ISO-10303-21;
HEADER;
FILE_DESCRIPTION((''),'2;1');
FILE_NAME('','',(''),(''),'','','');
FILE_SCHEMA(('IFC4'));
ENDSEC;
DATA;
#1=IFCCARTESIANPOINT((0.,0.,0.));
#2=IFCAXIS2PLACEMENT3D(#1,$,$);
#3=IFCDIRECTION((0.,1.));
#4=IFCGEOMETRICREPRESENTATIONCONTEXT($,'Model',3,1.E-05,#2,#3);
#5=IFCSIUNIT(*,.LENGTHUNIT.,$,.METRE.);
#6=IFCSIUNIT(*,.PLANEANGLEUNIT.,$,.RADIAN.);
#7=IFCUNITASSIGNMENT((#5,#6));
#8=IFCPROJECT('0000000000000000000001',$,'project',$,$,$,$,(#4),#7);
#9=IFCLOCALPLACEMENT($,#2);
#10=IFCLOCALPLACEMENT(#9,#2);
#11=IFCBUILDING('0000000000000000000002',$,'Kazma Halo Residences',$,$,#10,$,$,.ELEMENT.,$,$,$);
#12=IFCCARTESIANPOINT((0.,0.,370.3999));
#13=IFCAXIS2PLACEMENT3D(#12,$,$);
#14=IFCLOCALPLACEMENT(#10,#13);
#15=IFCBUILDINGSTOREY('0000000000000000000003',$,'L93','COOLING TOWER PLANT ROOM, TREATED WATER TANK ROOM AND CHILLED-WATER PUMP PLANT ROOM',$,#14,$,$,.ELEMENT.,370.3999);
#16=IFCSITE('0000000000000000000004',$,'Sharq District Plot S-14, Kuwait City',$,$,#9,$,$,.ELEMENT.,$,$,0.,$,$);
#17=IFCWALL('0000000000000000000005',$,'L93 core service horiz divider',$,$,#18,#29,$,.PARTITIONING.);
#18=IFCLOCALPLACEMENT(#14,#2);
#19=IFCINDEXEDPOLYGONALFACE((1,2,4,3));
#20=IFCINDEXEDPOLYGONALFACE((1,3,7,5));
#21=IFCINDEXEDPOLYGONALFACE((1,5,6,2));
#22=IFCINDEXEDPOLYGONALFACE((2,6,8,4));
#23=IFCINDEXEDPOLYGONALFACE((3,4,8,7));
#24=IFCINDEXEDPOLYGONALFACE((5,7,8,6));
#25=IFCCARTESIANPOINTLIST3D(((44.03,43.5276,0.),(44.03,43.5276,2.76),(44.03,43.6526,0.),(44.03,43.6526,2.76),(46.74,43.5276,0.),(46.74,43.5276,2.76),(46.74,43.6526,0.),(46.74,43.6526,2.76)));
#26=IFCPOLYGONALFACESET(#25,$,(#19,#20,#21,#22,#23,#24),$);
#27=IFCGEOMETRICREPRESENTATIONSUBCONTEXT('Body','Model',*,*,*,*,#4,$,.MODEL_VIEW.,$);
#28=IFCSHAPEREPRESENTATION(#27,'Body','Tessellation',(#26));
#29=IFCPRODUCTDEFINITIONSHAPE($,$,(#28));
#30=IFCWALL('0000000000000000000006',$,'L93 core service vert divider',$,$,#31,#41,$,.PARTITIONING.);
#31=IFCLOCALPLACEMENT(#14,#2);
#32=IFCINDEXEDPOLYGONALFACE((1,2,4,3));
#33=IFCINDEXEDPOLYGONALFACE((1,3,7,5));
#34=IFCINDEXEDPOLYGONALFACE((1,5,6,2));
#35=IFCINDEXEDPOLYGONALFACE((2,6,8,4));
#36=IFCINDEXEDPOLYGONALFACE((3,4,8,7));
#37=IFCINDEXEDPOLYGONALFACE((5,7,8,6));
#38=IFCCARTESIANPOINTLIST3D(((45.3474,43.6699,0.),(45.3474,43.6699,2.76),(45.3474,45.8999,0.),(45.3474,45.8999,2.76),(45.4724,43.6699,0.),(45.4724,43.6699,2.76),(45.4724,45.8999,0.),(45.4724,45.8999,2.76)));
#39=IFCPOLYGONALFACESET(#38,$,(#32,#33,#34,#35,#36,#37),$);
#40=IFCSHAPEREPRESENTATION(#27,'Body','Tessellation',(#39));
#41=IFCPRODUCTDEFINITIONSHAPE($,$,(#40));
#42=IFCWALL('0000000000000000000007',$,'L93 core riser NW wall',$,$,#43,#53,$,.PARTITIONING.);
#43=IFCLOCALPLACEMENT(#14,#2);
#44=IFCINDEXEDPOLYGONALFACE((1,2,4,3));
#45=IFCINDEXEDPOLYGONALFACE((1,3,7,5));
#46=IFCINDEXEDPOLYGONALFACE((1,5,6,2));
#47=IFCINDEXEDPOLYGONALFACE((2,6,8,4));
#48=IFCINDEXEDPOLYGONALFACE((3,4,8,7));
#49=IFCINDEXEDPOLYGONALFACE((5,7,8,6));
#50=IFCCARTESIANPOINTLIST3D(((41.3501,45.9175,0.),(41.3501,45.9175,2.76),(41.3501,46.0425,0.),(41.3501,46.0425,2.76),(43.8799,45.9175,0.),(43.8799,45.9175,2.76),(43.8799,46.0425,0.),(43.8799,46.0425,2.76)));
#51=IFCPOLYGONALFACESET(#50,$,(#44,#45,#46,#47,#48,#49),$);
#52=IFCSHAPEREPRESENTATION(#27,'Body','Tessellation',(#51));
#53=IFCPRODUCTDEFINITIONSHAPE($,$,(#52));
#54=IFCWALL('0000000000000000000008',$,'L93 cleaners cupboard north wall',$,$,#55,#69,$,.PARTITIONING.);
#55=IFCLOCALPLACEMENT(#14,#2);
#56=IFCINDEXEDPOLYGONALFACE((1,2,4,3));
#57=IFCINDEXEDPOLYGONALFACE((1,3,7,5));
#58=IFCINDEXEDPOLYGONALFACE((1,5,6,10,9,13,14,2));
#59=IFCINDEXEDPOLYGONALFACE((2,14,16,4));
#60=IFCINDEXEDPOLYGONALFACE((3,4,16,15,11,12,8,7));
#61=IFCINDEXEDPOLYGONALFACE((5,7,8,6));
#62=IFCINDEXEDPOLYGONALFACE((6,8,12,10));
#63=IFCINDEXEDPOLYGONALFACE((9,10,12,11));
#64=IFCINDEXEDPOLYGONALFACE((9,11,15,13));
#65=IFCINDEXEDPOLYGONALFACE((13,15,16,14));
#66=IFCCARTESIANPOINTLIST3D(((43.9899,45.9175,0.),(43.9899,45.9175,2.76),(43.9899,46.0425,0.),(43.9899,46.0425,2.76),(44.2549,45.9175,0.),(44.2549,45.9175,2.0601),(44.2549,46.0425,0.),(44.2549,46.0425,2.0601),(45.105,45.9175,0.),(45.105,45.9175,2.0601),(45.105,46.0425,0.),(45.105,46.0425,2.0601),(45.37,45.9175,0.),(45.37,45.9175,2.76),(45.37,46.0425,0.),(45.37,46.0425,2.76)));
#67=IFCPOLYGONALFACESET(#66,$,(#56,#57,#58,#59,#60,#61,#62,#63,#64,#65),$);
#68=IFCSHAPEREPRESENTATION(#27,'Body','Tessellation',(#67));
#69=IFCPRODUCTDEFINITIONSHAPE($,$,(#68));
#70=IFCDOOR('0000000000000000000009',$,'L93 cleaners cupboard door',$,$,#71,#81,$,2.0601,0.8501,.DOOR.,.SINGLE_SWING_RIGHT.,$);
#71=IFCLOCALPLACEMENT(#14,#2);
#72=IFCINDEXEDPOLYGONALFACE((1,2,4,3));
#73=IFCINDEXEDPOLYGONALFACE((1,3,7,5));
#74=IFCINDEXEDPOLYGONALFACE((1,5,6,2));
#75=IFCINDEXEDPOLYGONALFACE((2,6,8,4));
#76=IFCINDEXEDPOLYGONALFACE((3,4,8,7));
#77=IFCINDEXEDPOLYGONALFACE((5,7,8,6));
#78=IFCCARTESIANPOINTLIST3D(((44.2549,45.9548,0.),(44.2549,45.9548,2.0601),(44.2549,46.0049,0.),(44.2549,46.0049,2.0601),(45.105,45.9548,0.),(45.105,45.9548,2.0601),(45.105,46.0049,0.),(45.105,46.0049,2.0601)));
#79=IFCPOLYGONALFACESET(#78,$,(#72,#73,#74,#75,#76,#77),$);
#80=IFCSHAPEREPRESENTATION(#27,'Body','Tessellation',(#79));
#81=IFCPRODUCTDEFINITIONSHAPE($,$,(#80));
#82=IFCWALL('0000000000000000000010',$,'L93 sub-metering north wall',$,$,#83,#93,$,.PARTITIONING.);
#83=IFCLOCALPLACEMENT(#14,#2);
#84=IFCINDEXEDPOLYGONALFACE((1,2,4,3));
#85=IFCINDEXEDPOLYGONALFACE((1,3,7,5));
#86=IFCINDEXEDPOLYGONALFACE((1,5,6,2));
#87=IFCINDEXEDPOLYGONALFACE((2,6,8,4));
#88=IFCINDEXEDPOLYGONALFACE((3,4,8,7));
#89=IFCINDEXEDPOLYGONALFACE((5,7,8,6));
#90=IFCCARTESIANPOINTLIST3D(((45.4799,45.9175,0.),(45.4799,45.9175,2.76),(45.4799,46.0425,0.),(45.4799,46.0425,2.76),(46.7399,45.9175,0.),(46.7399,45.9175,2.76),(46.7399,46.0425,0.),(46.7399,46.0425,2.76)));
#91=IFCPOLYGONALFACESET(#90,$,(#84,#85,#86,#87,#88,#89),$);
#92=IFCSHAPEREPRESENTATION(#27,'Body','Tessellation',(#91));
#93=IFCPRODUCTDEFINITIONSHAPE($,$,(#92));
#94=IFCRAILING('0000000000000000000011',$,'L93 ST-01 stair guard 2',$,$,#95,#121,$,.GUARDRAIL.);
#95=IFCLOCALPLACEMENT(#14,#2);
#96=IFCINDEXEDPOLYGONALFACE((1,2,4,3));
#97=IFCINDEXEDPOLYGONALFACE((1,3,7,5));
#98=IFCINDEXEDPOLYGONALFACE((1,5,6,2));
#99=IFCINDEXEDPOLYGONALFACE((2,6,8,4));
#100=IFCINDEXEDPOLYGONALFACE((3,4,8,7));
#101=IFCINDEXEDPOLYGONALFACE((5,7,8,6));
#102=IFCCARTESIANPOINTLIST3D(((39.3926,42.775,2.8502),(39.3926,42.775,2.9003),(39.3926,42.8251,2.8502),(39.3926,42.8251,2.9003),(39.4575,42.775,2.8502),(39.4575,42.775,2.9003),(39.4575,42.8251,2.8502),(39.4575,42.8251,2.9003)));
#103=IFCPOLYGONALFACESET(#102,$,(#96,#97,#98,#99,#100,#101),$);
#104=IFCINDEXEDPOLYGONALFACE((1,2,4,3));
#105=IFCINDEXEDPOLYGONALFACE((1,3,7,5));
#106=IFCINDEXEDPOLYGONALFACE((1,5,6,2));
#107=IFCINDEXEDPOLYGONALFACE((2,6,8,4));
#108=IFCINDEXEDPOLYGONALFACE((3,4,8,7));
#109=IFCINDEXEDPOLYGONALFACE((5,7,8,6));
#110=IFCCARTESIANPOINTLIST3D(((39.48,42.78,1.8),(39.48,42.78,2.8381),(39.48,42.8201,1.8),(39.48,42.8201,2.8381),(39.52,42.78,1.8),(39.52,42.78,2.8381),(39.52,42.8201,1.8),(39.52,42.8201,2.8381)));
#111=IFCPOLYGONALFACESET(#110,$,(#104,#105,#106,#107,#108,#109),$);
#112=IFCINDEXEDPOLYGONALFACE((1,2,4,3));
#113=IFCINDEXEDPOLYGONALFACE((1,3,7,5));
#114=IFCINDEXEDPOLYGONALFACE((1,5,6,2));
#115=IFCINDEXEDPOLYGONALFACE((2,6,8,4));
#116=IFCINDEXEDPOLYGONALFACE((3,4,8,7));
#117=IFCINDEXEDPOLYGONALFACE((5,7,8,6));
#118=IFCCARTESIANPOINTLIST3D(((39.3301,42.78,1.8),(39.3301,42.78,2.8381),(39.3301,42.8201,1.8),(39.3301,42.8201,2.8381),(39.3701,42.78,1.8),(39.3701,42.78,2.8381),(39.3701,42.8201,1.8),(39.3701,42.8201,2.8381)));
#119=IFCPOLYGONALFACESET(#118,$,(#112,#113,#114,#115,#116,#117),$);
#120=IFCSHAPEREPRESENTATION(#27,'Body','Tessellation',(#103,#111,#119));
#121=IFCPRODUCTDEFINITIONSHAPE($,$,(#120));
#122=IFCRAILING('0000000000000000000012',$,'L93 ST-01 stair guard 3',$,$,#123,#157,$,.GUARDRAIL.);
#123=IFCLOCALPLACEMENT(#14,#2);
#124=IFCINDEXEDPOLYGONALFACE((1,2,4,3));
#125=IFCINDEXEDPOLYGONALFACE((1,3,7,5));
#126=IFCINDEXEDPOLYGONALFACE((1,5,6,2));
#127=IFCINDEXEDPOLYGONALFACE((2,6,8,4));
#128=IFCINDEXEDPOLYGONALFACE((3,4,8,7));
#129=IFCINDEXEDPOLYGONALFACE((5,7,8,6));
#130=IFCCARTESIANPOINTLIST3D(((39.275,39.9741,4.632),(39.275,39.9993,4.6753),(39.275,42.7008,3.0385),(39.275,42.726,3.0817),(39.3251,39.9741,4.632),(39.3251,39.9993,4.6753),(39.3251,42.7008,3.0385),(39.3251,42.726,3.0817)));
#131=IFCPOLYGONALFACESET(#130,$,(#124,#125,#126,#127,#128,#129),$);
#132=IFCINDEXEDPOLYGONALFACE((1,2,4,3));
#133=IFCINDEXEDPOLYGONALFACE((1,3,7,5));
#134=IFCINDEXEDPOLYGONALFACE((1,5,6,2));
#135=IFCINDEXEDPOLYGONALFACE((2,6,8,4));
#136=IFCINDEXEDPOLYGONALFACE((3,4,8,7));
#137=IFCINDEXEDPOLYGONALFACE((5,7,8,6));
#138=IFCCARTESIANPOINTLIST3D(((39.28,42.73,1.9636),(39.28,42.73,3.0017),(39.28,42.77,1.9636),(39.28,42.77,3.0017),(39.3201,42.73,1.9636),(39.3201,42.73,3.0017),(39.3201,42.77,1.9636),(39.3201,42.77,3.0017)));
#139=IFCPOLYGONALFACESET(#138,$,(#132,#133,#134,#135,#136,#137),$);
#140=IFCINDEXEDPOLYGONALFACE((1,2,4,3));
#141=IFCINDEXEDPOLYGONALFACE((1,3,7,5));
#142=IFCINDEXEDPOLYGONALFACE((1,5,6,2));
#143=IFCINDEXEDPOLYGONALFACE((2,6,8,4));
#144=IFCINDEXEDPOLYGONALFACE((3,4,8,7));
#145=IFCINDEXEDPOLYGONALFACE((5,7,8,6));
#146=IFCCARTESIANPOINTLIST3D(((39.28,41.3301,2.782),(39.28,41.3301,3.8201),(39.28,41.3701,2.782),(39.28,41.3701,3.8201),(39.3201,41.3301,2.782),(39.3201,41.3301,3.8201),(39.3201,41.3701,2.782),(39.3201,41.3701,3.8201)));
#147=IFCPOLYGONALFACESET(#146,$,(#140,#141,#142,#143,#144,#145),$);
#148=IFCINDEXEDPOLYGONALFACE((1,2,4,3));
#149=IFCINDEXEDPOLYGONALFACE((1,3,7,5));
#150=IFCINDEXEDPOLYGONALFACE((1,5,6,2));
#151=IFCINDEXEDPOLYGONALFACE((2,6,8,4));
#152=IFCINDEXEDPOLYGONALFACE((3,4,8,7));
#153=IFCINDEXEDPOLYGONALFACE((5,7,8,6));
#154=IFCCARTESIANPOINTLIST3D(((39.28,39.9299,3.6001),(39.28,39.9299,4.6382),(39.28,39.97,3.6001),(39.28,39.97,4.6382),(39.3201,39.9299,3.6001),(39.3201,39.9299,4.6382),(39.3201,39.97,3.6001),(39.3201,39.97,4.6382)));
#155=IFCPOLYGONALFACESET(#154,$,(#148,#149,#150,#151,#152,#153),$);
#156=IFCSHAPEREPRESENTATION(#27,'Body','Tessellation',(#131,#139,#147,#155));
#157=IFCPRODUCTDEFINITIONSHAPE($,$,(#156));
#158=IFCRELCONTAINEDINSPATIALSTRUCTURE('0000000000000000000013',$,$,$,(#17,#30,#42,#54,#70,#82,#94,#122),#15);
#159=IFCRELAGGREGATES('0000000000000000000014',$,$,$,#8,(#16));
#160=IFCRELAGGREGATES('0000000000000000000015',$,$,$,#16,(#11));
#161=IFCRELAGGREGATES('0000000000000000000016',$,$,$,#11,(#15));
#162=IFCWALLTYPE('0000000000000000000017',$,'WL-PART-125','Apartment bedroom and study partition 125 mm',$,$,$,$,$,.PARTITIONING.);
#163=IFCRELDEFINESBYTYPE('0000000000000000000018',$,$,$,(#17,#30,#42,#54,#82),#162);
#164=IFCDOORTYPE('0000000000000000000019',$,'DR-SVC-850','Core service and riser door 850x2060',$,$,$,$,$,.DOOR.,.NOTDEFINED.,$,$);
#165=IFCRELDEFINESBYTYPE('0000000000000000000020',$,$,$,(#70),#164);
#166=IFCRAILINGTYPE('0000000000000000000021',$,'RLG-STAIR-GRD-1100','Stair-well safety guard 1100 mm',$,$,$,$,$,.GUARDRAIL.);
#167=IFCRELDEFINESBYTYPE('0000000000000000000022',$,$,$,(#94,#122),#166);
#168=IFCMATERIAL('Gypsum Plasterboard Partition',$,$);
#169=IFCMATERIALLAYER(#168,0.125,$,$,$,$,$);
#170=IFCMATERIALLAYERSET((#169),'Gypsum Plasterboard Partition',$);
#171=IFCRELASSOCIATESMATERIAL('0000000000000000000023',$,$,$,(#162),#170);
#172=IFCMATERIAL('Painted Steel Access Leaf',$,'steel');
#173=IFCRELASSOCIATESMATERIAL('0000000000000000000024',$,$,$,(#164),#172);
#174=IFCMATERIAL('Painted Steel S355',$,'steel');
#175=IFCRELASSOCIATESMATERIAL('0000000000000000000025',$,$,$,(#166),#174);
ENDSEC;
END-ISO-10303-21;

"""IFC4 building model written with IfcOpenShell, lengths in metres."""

from ifc_helpers import new_model, si_unit, direction, frame, frame_2d, origin, origin_2d, place, context, subcontext, project, spatial, rectangle, extrude, material, layer, layer_set, type_object, element, fill, save


model = new_model("IFC4")

# Units and contexts
model_context = context("Model", 3, precision=1e-05, world=origin(), true_north=direction((0.0, 1.0)))
body_context = subcontext(model_context, "Body", "Model", "MODEL_VIEW")
ifc_project = project(units=[si_unit("LENGTHUNIT", "METRE"), si_unit("PLANEANGLEUNIT", "RADIAN")], contexts=[model_context])

# Site, building, storey
site_placement = place(None, origin())
site = spatial("IfcSite", under=ifc_project, at=site_placement, Name="Sharq District Plot S-14, Kuwait City", CompositionType="ELEMENT", RefElevation=0.0)
building_placement = place(site_placement, origin())
building = spatial("IfcBuilding", under=site, at=building_placement, Name="Kazma Halo Residences", CompositionType="ELEMENT")
storey_placement = place(building_placement, frame((0.0, 0.0, 370.3999)))
storey = spatial("IfcBuildingStorey", under=building, at=storey_placement, Name="L93", Description="COOLING TOWER PLANT ROOM, TREATED WATER TANK ROOM AND CHILLED-WATER PUMP PLANT ROOM", CompositionType="ELEMENT", Elevation=370.3999)

# Walls
ifc_material_1 = material(Name="Gypsum Plasterboard Partition")
ifc_layer_1 = layer(ifc_material_1, 0.125)
ifc_layer_set_1 = layer_set([ifc_layer_1], Name="Gypsum Plasterboard Partition")
wall_type_1 = type_object("IfcWallType", Name="WL-PART-125", Description="Apartment bedroom and study partition 125 mm", PredefinedType="PARTITIONING", material=ifc_layer_set_1)
wall_1_placement = place(storey_placement, frame((44.03, 43.5901, 0.0), z_axis=(0.0, 0.0, 1.0), x_axis=(1.0, 0.0, 0.0)))
element("IfcWall", 1, at=wall_1_placement, inside=storey, type_object=wall_type_1, Name="L93 core service horiz divider", PredefinedType="PARTITIONING", context=body_context, shape_type="SweptSolid", body=[
    extrude(rectangle(XDim=2.71, YDim=0.125, at=frame_2d((1.355, 0.0))), origin(), (0.0, 0.0, 1.0), 2.76),
])
wall_2_placement = place(storey_placement, frame((45.4099, 43.6699, 0.0), z_axis=(0.0, 0.0, 1.0), x_axis=(0.0, 1.0, 0.0)))
element("IfcWall", 2, at=wall_2_placement, inside=storey, type_object=wall_type_1, Name="L93 core service vert divider", PredefinedType="PARTITIONING", context=body_context, shape_type="SweptSolid", body=[
    extrude(rectangle(XDim=2.23, YDim=0.125, at=frame_2d((1.115, 0.0))), origin(), (0.0, 0.0, 1.0), 2.76),
])
wall_3_placement = place(storey_placement, frame((41.3501, 45.98, 0.0), z_axis=(0.0, 0.0, 1.0), x_axis=(1.0, 0.0, 0.0)))
element("IfcWall", 3, at=wall_3_placement, inside=storey, type_object=wall_type_1, Name="L93 core riser NW wall", PredefinedType="PARTITIONING", context=body_context, shape_type="SweptSolid", body=[
    extrude(rectangle(XDim=2.5298, YDim=0.125, at=frame_2d((1.2649, 0.0))), origin(), (0.0, 0.0, 1.0), 2.76),
])

# Wall, opening, door
wall_4_placement = place(storey_placement, frame((43.99, 45.98, 0.0), z_axis=(0.0, 0.0, 1.0), x_axis=(1.0, 0.0, 0.0)))
wall_4 = element("IfcWall", 4, at=wall_4_placement, inside=storey, type_object=wall_type_1, Name="L93 cleaners cupboard north wall", PredefinedType="PARTITIONING", context=body_context, shape_type="SweptSolid", body=[
    extrude(rectangle(XDim=1.3801, YDim=0.125, at=frame_2d((0.6899, 0.0))), origin(), (0.0, 0.0, 1.0), 2.76),
])
opening_1_placement = place(wall_4_placement, frame((0.2649, 0.0, 0.0)))
opening_1 = element("IfcOpeningElement", 5, at=opening_1_placement, cuts=wall_4, PredefinedType="OPENING", context=body_context, shape_type="SweptSolid", body=[
    extrude(rectangle(XDim=0.8501, YDim=2.0601, at=frame_2d((0.425, 1.03))), frame((0.0, 0.0725, 0.0), z_axis=(0.0, -1.0, 0.0), x_axis=(1.0, 0.0, 0.0)), (0.0, 0.0, 1.0), 0.145),
])
ifc_material_2 = material(Name="Painted Steel Access Leaf", Category="steel")
door_type_1 = type_object("IfcDoorType", Name="DR-SVC-850", Description="Core service and riser door 850x2060", OperationType="NOTDEFINED", PredefinedType="DOOR", material=ifc_material_2)
door_1_placement = place(opening_1_placement, origin())
door_1 = element("IfcDoor", 6, at=door_1_placement, inside=storey, type_object=door_type_1, Name="L93 cleaners cupboard door", OperationType="SINGLE_SWING_RIGHT", OverallHeight=2.0601, OverallWidth=0.8501, PredefinedType="DOOR", context=body_context, shape_type="SweptSolid", body=[
    extrude(rectangle(XDim=0.8501, YDim=2.0601, at=frame_2d((0.425, 1.03))), frame((0.0, 0.0249, 0.0), z_axis=(0.0, -1.0, 0.0), x_axis=(1.0, 0.0, 0.0)), (0.0, 0.0, 1.0), 0.05),
])
fill(opening_1, door_1)

# Wall
wall_5_placement = place(storey_placement, frame((45.48, 45.98, 0.0), z_axis=(0.0, 0.0, 1.0), x_axis=(1.0, 0.0, 0.0)))
element("IfcWall", 7, at=wall_5_placement, inside=storey, type_object=wall_type_1, Name="L93 sub-metering north wall", PredefinedType="PARTITIONING", context=body_context, shape_type="SweptSolid", body=[
    extrude(rectangle(XDim=1.26, YDim=0.125, at=frame_2d((0.6299, 0.0))), origin(), (0.0, 0.0, 1.0), 2.76),
])

# Railings
ifc_material_3 = material(Name="Painted Steel S355", Category="steel")
railing_type = type_object("IfcRailingType", Name="RLG-STAIR-GRD-1100", Description="Stair-well safety guard 1100 mm", PredefinedType="GUARDRAIL", material=ifc_material_3)
railing_1_placement = place(storey_placement, frame((39.5, 42.8, 1.8)))
element("IfcRailing", 8, at=railing_1_placement, inside=storey, type_object=railing_type, Name="L93 ST-01 stair guard 2", PredefinedType="GUARDRAIL", context=body_context, shape_type="SweptSolid", body=[
    extrude(rectangle(XDim=0.05, YDim=0.05, at=origin_2d()), frame((-0.0425, 0.0, 1.0752), z_axis=(-1.0, 0.0, 0.0), x_axis=(0.0, -1.0, 0.0)), (0.0, 0.0, 1.0), 0.0649),
    extrude(rectangle(XDim=0.04, YDim=0.04, at=origin_2d()), origin(), (0.0, 0.0, 1.0), 1.0381),
    extrude(rectangle(XDim=0.04, YDim=0.04, at=origin_2d()), frame((-0.1499, 0.0, 0.0)), (0.0, 0.0, 1.0), 1.0381),
])
railing_2_placement = place(storey_placement, frame((39.3, 42.75, 1.9636)))
element("IfcRailing", 9, at=railing_2_placement, inside=storey, type_object=railing_type, Name="L93 ST-01 stair guard 3", PredefinedType="GUARDRAIL", context=body_context, shape_type="SweptSolid", body=[
    extrude(rectangle(XDim=0.05, YDim=0.05, at=origin_2d()), frame((0.0, -0.0366, 1.0964), z_axis=(0.0, -0.863361, 0.504587), x_axis=(1.0, 0.0, 0.0)), (0.0, 0.0, 1.0), 3.1582),
    extrude(rectangle(XDim=0.04, YDim=0.04, at=origin_2d()), origin(), (0.0, 0.0, 1.0), 1.0381),
    extrude(rectangle(XDim=0.04, YDim=0.04, at=origin_2d()), frame((0.0, -1.3999, 0.8184)), (0.0, 0.0, 1.0), 1.0381),
    extrude(rectangle(XDim=0.04, YDim=0.04, at=origin_2d()), frame((0.0, -2.8, 1.6365)), (0.0, 0.0, 1.0), 1.0381),
])

save(model, "model.ifc")
